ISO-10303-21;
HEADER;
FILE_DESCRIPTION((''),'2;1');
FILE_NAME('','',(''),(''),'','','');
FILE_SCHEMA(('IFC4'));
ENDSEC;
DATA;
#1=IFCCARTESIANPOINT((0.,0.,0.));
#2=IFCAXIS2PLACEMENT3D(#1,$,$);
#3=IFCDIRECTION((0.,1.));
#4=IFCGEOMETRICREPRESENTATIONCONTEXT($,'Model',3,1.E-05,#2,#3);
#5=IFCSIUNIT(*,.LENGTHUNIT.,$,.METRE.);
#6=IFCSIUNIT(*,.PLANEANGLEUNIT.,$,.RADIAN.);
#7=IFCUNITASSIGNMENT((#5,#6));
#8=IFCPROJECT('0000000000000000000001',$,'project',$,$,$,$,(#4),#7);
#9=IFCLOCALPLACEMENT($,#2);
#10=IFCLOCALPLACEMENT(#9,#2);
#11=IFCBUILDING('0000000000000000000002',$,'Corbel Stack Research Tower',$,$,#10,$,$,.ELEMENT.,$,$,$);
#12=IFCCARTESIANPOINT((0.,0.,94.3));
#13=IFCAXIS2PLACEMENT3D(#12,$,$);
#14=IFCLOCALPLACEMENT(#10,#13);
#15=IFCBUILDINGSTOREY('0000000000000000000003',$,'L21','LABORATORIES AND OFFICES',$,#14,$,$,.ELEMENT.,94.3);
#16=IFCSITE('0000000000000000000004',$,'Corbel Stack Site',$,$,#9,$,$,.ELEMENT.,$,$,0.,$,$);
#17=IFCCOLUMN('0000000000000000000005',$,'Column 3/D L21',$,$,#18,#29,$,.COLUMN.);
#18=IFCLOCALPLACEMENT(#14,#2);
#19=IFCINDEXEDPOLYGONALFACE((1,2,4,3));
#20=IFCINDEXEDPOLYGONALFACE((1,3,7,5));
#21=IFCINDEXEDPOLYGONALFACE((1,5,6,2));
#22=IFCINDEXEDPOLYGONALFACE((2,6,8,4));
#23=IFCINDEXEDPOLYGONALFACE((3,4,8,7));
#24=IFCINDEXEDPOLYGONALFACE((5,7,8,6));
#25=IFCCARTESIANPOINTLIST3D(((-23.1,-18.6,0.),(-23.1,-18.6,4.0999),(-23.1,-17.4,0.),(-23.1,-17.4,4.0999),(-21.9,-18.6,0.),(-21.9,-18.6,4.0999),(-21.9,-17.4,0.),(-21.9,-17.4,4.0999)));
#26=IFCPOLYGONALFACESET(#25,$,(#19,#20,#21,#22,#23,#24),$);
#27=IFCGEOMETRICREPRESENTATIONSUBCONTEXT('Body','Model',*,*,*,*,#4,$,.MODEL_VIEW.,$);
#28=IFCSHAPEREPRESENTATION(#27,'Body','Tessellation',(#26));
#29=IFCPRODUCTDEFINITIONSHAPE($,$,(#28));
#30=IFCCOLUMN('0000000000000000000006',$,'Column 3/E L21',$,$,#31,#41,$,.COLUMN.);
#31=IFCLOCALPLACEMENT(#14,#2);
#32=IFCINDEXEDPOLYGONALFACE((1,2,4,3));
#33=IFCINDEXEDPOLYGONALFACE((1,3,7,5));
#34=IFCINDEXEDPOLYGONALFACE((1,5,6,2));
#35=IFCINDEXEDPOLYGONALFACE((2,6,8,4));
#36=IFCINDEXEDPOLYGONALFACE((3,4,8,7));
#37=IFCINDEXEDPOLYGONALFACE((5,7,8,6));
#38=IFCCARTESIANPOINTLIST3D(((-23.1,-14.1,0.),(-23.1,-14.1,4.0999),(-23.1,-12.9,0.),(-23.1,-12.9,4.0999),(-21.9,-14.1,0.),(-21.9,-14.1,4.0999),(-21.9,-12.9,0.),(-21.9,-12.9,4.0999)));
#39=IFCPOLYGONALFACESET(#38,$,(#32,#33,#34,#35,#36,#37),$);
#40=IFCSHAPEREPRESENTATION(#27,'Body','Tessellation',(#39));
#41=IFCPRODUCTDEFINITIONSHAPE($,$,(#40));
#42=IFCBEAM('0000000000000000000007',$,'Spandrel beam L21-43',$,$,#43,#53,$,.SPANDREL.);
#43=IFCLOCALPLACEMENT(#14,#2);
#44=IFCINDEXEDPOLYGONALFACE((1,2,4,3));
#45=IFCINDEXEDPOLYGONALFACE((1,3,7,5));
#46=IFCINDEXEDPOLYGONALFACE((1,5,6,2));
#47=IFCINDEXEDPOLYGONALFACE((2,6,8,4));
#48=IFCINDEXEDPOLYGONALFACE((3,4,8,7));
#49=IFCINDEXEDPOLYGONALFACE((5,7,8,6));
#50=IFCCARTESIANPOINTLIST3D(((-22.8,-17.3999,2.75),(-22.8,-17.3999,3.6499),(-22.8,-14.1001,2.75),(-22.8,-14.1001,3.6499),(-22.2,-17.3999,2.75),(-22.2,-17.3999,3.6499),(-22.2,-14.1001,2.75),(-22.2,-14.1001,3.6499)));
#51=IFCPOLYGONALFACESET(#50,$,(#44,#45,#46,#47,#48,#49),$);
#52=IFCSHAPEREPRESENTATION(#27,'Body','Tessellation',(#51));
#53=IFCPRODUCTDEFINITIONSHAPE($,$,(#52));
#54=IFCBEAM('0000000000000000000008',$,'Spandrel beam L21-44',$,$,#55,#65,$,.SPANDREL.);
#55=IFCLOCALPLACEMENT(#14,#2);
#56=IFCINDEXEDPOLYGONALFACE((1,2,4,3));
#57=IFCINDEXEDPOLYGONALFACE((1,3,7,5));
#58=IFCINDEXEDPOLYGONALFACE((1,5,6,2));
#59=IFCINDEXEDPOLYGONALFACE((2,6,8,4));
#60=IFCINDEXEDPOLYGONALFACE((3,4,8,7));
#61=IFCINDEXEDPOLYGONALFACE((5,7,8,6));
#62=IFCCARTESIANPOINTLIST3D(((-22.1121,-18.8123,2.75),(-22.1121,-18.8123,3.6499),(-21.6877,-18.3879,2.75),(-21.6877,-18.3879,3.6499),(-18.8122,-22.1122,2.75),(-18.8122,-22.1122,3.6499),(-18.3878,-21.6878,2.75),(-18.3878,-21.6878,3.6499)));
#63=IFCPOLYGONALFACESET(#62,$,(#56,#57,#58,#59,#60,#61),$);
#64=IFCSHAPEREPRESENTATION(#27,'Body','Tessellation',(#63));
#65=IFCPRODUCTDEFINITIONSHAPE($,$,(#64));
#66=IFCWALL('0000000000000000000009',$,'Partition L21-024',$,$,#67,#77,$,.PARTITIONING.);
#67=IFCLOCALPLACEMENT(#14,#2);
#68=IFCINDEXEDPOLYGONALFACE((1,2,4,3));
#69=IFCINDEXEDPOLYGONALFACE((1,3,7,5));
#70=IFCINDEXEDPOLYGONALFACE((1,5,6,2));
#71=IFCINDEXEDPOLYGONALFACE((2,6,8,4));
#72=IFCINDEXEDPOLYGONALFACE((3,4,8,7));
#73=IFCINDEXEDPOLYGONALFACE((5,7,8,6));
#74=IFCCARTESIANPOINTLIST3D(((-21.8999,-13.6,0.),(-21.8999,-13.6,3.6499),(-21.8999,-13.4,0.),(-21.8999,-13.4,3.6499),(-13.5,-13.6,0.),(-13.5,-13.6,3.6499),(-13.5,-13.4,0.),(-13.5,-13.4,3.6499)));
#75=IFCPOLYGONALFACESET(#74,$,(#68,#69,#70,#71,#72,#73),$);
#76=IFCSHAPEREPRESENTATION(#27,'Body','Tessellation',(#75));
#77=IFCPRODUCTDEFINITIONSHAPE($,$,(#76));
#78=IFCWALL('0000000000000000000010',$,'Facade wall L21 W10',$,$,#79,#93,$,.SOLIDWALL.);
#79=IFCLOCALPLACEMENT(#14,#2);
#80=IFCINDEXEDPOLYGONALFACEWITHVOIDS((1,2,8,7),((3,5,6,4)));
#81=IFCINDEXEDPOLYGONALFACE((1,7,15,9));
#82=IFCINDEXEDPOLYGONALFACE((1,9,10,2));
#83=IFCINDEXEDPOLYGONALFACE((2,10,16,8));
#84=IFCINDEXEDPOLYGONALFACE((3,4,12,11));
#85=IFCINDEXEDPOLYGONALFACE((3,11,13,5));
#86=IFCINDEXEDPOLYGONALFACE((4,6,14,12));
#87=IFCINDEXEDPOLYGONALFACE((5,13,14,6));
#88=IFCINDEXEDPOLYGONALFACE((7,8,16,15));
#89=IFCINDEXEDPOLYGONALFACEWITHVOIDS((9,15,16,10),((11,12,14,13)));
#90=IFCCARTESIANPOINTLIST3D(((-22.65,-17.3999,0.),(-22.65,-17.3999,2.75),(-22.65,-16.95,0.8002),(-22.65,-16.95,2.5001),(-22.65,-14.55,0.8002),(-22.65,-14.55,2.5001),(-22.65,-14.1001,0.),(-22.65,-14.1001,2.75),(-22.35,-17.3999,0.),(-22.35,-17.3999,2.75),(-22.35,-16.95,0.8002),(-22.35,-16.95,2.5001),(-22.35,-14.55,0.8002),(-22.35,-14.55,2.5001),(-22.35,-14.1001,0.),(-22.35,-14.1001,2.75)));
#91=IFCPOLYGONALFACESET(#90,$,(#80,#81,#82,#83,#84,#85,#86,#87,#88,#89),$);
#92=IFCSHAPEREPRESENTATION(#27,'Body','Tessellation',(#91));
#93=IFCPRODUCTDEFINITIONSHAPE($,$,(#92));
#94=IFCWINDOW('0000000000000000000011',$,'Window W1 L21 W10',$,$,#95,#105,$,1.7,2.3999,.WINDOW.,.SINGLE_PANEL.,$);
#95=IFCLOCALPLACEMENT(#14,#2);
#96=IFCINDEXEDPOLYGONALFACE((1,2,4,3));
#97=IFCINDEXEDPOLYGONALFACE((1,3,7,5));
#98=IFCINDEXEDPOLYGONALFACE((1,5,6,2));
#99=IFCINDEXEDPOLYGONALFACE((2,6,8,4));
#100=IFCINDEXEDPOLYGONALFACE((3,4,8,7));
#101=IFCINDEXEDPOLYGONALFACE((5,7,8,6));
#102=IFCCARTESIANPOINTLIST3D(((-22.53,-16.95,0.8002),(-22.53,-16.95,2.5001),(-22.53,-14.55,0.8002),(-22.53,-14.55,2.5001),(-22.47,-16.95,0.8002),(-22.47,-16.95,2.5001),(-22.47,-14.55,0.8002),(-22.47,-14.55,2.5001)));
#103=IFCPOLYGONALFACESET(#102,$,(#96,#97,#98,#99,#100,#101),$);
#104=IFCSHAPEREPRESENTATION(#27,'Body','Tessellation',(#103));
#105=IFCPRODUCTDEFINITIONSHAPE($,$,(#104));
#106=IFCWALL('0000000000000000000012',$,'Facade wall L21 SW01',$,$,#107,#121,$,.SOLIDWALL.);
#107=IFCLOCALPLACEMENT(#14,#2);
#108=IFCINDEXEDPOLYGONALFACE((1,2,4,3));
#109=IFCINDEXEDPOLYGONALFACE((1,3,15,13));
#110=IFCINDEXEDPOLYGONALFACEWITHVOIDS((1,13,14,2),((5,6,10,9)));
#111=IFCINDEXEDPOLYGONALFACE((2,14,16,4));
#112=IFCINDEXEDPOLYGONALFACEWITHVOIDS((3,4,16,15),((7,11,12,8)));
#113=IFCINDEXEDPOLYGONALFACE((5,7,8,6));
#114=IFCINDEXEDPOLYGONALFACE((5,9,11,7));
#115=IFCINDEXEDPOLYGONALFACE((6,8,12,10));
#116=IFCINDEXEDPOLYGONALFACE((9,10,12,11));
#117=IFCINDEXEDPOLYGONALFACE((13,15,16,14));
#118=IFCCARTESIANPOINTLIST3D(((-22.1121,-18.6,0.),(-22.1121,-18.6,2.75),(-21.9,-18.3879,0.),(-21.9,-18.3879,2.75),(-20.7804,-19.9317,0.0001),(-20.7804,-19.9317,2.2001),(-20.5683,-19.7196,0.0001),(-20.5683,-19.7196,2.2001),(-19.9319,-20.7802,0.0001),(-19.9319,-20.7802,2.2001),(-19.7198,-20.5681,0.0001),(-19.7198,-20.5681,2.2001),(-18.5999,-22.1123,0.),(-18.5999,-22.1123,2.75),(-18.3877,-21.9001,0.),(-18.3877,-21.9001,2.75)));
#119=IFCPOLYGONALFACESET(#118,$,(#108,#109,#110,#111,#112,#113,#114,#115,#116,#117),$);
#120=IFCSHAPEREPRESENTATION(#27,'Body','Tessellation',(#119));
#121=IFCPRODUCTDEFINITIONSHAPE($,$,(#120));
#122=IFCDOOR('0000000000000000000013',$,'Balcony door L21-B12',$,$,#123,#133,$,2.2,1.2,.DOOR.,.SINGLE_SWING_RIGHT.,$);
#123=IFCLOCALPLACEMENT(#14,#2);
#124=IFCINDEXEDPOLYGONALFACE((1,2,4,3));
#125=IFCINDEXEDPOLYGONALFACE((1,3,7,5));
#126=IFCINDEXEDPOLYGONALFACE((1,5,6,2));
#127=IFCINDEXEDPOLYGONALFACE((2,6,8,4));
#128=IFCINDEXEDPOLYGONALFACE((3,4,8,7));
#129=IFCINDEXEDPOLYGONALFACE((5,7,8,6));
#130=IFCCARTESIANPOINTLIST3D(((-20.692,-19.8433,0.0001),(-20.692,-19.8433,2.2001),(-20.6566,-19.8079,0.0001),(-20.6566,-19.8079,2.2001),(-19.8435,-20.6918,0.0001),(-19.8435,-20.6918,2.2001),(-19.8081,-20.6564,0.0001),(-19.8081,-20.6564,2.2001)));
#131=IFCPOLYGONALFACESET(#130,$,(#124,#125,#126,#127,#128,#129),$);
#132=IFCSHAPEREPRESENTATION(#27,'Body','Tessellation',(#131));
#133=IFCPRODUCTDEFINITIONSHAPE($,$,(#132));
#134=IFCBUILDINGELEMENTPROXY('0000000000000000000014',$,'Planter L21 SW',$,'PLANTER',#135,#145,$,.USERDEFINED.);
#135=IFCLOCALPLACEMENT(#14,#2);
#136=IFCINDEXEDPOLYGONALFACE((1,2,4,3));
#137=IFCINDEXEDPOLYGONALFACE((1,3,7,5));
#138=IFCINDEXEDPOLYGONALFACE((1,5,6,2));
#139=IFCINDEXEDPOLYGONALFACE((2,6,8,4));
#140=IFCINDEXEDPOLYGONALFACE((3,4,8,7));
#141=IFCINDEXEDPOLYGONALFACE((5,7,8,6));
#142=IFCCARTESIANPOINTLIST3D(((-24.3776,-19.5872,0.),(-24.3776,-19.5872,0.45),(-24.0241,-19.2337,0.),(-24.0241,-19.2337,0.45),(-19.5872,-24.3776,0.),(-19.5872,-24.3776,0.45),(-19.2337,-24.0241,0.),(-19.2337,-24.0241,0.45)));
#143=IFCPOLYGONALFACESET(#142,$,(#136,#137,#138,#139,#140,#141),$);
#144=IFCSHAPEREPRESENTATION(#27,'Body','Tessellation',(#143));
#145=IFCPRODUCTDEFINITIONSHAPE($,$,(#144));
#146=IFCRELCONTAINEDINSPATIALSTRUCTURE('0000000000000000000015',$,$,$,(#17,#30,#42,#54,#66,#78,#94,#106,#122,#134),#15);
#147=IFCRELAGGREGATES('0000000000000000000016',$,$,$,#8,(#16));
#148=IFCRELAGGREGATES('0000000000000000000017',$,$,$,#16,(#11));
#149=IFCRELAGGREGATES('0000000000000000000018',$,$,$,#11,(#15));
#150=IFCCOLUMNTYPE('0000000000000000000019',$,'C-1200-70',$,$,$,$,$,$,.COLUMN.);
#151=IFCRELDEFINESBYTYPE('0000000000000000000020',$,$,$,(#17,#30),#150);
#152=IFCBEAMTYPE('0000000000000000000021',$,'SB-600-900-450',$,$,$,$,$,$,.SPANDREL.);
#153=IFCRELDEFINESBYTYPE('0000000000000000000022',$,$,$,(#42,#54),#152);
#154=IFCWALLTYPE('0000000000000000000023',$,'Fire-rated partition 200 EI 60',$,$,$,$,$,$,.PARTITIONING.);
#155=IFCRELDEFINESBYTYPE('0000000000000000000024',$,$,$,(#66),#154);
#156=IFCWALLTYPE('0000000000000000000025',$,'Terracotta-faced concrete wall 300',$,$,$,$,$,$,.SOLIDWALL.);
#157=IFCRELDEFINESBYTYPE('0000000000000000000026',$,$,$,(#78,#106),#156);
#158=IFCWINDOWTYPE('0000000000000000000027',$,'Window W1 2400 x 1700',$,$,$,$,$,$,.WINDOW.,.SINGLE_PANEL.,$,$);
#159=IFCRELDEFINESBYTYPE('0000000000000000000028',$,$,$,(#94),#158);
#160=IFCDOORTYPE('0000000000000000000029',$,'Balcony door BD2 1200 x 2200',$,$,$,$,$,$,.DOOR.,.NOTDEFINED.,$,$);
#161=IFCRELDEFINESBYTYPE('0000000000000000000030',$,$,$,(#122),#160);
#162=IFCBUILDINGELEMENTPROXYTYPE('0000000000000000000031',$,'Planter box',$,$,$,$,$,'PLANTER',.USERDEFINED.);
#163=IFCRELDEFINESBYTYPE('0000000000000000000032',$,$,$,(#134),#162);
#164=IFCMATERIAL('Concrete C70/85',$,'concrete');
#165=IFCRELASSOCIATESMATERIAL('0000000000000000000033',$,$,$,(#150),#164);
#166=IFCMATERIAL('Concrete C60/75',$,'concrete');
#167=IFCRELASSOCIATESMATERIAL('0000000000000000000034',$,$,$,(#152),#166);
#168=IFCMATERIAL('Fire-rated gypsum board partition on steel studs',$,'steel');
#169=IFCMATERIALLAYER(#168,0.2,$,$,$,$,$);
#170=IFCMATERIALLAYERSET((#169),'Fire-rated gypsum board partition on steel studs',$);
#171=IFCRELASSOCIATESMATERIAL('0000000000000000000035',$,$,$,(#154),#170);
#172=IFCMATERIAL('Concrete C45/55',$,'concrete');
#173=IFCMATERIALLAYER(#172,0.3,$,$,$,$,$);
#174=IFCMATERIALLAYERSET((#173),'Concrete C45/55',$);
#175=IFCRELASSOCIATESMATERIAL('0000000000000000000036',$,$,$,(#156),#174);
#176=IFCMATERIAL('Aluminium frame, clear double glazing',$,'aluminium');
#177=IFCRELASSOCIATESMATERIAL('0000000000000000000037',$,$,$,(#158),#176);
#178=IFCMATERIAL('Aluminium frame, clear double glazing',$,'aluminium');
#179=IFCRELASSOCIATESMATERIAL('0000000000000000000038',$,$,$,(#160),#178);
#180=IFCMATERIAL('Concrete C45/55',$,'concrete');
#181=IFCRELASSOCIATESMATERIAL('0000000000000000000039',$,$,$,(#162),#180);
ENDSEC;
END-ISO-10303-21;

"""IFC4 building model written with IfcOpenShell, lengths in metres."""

from ifc_helpers import new_model, si_unit, direction, frame, frame_2d, origin, origin_2d, place, context, subcontext, project, spatial, rectangle, extrude, material, layer, layer_set, material_profile, profile_set, type_object, element, fill, save


model = new_model("IFC4")

# Units and contexts
model_context = context("Model", 3, precision=1e-05, world=origin(), true_north=direction((0.0, 1.0)))
body_context = subcontext(model_context, "Body", "Model", "MODEL_VIEW")
ifc_project = project(units=[si_unit("LENGTHUNIT", "METRE"), si_unit("PLANEANGLEUNIT", "RADIAN")], contexts=[model_context])

# Site, building, storey
site_placement = place(None, origin())
site = spatial("IfcSite", under=ifc_project, at=site_placement, Name="Corbel Stack Site", CompositionType="ELEMENT", RefElevation=0.0)
building_placement = place(site_placement, origin())
building = spatial("IfcBuilding", under=site, at=building_placement, Name="Corbel Stack Research Tower", CompositionType="ELEMENT")
storey_placement = place(building_placement, frame((0.0, 0.0, 94.3)))
storey = spatial("IfcBuildingStorey", under=building, at=storey_placement, Name="L21", Description="LABORATORIES AND OFFICES", CompositionType="ELEMENT", Elevation=94.3)

# Columns
ifc_material_1 = material(Name="Concrete C70/85", Category="concrete")
ifc_material_profile_1 = material_profile(ifc_material_1, rectangle(XDim=1.2, YDim=1.2, at=origin_2d()), Name="RC 1200 x 1200")
ifc_profile_set_1 = profile_set([ifc_material_profile_1], Name="Concrete C70/85")
column_type = type_object("IfcColumnType", Name="C-1200-70", PredefinedType="COLUMN", material=ifc_profile_set_1)
for number, where, z_axis, x_axis, name in (
    (1, (-22.5, -18.0, 0.0), (0.0, 0.0, 1.0), (1.0, 0.0, 0.0), "Column 3/D L21"),
    (2, (-22.5, -13.5, 0.0), (0.0, 0.0, 1.0), (1.0, 0.0, 0.0), "Column 3/E L21"),
):
    element("IfcColumn", number, at=place(storey_placement, frame(where, z_axis=z_axis, x_axis=x_axis)), inside=storey, type_object=column_type, Name=name, PredefinedType="COLUMN", context=body_context, shape_type="SweptSolid", body=[
        extrude(rectangle(XDim=1.2, YDim=1.2, at=origin_2d()), origin(), (0.0, 0.0, 1.0), 4.0999),
    ])

# Beams
ifc_material_2 = material(Name="Concrete C60/75", Category="concrete")
ifc_material_profile_2 = material_profile(ifc_material_2, rectangle(XDim=0.6001, YDim=0.8999, at=origin_2d()), Name="RC 600 x 900")
ifc_profile_set_2 = profile_set([ifc_material_profile_2], Name="Concrete C60/75")
beam_type = type_object("IfcBeamType", Name="SB-600-900-450", PredefinedType="SPANDREL", material=ifc_profile_set_2)
beam_1_placement = place(storey_placement, frame((-22.5, -14.1001, 3.2), z_axis=(0.0, -1.0, 0.0), x_axis=(1.0, 0.0, 0.0)))
element("IfcBeam", 3, at=beam_1_placement, inside=storey, type_object=beam_type, Name="Spandrel beam L21-43", PredefinedType="SPANDREL", context=body_context, shape_type="SweptSolid", body=[
    extrude(rectangle(XDim=0.6001, YDim=0.8999, at=origin_2d()), origin(), (0.0, 0.0, 1.0), 3.2998),
])
beam_2_placement = place(storey_placement, frame((-21.8999, -18.6001, 3.2), z_axis=(0.707107, -0.707107, 0.0), x_axis=(0.707107, 0.707107, 0.0)))
element("IfcBeam", 4, at=beam_2_placement, inside=storey, type_object=beam_type, Name="Spandrel beam L21-44", PredefinedType="SPANDREL", context=body_context, shape_type="SweptSolid", body=[
    extrude(rectangle(XDim=0.6001, YDim=0.8999, at=origin_2d()), origin(), (0.0, 0.0, 1.0), 4.6667),
])

# Wall
ifc_material_3 = material(Name="Fire-rated gypsum board partition on steel studs", Category="steel")
ifc_layer_1 = layer(ifc_material_3, 0.2)
ifc_layer_set_1 = layer_set([ifc_layer_1], Name="Fire-rated gypsum board partition on steel studs")
wall_type_1 = type_object("IfcWallType", Name="Fire-rated partition 200 EI 60", PredefinedType="PARTITIONING", material=ifc_layer_set_1)
wall_1_placement = place(storey_placement, frame((-21.8999, -13.5, 0.0), z_axis=(0.0, 0.0, 1.0), x_axis=(1.0, 0.0, 0.0)))
element("IfcWall", 5, at=wall_1_placement, inside=storey, type_object=wall_type_1, Name="Partition L21-024", PredefinedType="PARTITIONING", context=body_context, shape_type="SweptSolid", body=[
    extrude(rectangle(XDim=8.3999, YDim=0.2, at=frame_2d((4.2, 0.0))), origin(), (0.0, 0.0, 1.0), 3.6499),
])

# Wall, opening, window
ifc_material_4 = material(Name="Concrete C45/55", Category="concrete")
ifc_layer_2 = layer(ifc_material_4, 0.3)
ifc_layer_set_2 = layer_set([ifc_layer_2], Name="Concrete C45/55")
wall_type_2 = type_object("IfcWallType", Name="Terracotta-faced concrete wall 300", PredefinedType="SOLIDWALL", material=ifc_layer_set_2)
wall_2_placement = place(storey_placement, frame((-22.5, -17.3999, 0.0), z_axis=(0.0, 0.0, 1.0), x_axis=(0.0, 1.0, 0.0)))
wall_2 = element("IfcWall", 6, at=wall_2_placement, inside=storey, type_object=wall_type_2, Name="Facade wall L21 W10", PredefinedType="SOLIDWALL", context=body_context, shape_type="SweptSolid", body=[
    extrude(rectangle(XDim=3.2998, YDim=0.3, at=frame_2d((1.6499, 0.0))), origin(), (0.0, 0.0, 1.0), 2.75),
])
opening_1_placement = place(wall_2_placement, frame((0.45, 0.0, 0.8)))
opening_1 = element("IfcOpeningElement", 7, at=opening_1_placement, cuts=wall_2, PredefinedType="OPENING", context=body_context, shape_type="SweptSolid", body=[
    extrude(rectangle(XDim=2.3999, YDim=1.7, at=frame_2d((1.2, 0.8501))), frame((0.0, 0.1599, 0.0), z_axis=(0.0, -1.0, 0.0), x_axis=(1.0, 0.0, 0.0)), (0.0, 0.0, 1.0), 0.3201),
])
ifc_material_5 = material(Name="Aluminium frame, clear double glazing", Category="aluminium")
window_type = type_object("IfcWindowType", Name="Window W1 2400 x 1700", PartitioningType="SINGLE_PANEL", PredefinedType="WINDOW", material=ifc_material_5)
window_placement = place(opening_1_placement, origin())
window = element("IfcWindow", 8, at=window_placement, inside=storey, type_object=window_type, Name="Window W1 L21 W10", OverallHeight=1.7, OverallWidth=2.3999, PartitioningType="SINGLE_PANEL", PredefinedType="WINDOW", context=body_context, shape_type="SweptSolid", body=[
    extrude(rectangle(XDim=2.3999, YDim=1.7, at=frame_2d((1.2, 0.8501))), frame((0.0, 0.03, 0.0), z_axis=(0.0, -1.0, 0.0), x_axis=(1.0, 0.0, 0.0)), (0.0, 0.0, 1.0), 0.0601),
])
fill(opening_1, window)

# Wall, opening, door
wall_3_placement = place(storey_placement, frame((-18.4939, -22.0061, 0.0), z_axis=(0.0, 0.0, 1.0), x_axis=(-0.707107, 0.707107, 0.0)))
wall_3 = element("IfcWall", 9, at=wall_3_placement, inside=storey, type_object=wall_type_2, Name="Facade wall L21 SW01", PredefinedType="SOLIDWALL", context=body_context, shape_type="SweptSolid", body=[
    extrude(rectangle(XDim=4.967, YDim=0.3, at=frame_2d((2.4834, 0.0))), origin(), (0.0, 0.0, 1.0), 2.75),
])
opening_2_placement = place(wall_3_placement, frame((1.8835, 0.0, 0.0)))
opening_2 = element("IfcOpeningElement", 10, at=opening_2_placement, cuts=wall_3, PredefinedType="OPENING", context=body_context, shape_type="SweptSolid", body=[
    extrude(rectangle(XDim=1.2, YDim=2.2, at=frame_2d((0.6001, 1.1001))), frame((0.0, 0.1599, 0.0), z_axis=(0.0, -1.0, 0.0), x_axis=(1.0, 0.0, 0.0)), (0.0, 0.0, 1.0), 0.3201),
])
ifc_material_6 = material(Name="Aluminium frame, clear double glazing", Category="aluminium")
door_type = type_object("IfcDoorType", Name="Balcony door BD2 1200 x 2200", OperationType="NOTDEFINED", PredefinedType="DOOR", material=ifc_material_6)
door_placement = place(opening_2_placement, origin())
door = element("IfcDoor", 11, at=door_placement, inside=storey, type_object=door_type, Name="Balcony door L21-B12", OperationType="SINGLE_SWING_RIGHT", OverallHeight=2.2, OverallWidth=1.2, PredefinedType="DOOR", context=body_context, shape_type="SweptSolid", body=[
    extrude(rectangle(XDim=1.2, YDim=2.2, at=frame_2d((0.6001, 1.1001))), frame((0.0, 0.0249, 0.0), z_axis=(0.0, -1.0, 0.0), x_axis=(1.0, 0.0, 0.0)), (0.0, 0.0, 1.0), 0.05),
])
fill(opening_2, door)

# Building element proxy
ifc_material_7 = material(Name="Concrete C45/55", Category="concrete")
building_element_proxy_type = type_object("IfcBuildingElementProxyType", Name="Planter box", ElementType="PLANTER", PredefinedType="USERDEFINED", material=ifc_material_7)
proxy_placement = place(storey_placement, frame((-21.8057, -21.8057, 0.0), z_axis=(0.0, 0.0, 1.0), x_axis=(0.707107, -0.707107, 0.0)))
element("IfcBuildingElementProxy", 12, at=proxy_placement, inside=storey, type_object=building_element_proxy_type, Name="Planter L21 SW", ObjectType="PLANTER", PredefinedType="USERDEFINED", context=body_context, shape_type="SweptSolid", body=[
    extrude(rectangle(XDim=6.7747, YDim=0.5, at=origin_2d()), origin(), (0.0, 0.0, 1.0), 0.45),
])

save(model, "model.ifc")
